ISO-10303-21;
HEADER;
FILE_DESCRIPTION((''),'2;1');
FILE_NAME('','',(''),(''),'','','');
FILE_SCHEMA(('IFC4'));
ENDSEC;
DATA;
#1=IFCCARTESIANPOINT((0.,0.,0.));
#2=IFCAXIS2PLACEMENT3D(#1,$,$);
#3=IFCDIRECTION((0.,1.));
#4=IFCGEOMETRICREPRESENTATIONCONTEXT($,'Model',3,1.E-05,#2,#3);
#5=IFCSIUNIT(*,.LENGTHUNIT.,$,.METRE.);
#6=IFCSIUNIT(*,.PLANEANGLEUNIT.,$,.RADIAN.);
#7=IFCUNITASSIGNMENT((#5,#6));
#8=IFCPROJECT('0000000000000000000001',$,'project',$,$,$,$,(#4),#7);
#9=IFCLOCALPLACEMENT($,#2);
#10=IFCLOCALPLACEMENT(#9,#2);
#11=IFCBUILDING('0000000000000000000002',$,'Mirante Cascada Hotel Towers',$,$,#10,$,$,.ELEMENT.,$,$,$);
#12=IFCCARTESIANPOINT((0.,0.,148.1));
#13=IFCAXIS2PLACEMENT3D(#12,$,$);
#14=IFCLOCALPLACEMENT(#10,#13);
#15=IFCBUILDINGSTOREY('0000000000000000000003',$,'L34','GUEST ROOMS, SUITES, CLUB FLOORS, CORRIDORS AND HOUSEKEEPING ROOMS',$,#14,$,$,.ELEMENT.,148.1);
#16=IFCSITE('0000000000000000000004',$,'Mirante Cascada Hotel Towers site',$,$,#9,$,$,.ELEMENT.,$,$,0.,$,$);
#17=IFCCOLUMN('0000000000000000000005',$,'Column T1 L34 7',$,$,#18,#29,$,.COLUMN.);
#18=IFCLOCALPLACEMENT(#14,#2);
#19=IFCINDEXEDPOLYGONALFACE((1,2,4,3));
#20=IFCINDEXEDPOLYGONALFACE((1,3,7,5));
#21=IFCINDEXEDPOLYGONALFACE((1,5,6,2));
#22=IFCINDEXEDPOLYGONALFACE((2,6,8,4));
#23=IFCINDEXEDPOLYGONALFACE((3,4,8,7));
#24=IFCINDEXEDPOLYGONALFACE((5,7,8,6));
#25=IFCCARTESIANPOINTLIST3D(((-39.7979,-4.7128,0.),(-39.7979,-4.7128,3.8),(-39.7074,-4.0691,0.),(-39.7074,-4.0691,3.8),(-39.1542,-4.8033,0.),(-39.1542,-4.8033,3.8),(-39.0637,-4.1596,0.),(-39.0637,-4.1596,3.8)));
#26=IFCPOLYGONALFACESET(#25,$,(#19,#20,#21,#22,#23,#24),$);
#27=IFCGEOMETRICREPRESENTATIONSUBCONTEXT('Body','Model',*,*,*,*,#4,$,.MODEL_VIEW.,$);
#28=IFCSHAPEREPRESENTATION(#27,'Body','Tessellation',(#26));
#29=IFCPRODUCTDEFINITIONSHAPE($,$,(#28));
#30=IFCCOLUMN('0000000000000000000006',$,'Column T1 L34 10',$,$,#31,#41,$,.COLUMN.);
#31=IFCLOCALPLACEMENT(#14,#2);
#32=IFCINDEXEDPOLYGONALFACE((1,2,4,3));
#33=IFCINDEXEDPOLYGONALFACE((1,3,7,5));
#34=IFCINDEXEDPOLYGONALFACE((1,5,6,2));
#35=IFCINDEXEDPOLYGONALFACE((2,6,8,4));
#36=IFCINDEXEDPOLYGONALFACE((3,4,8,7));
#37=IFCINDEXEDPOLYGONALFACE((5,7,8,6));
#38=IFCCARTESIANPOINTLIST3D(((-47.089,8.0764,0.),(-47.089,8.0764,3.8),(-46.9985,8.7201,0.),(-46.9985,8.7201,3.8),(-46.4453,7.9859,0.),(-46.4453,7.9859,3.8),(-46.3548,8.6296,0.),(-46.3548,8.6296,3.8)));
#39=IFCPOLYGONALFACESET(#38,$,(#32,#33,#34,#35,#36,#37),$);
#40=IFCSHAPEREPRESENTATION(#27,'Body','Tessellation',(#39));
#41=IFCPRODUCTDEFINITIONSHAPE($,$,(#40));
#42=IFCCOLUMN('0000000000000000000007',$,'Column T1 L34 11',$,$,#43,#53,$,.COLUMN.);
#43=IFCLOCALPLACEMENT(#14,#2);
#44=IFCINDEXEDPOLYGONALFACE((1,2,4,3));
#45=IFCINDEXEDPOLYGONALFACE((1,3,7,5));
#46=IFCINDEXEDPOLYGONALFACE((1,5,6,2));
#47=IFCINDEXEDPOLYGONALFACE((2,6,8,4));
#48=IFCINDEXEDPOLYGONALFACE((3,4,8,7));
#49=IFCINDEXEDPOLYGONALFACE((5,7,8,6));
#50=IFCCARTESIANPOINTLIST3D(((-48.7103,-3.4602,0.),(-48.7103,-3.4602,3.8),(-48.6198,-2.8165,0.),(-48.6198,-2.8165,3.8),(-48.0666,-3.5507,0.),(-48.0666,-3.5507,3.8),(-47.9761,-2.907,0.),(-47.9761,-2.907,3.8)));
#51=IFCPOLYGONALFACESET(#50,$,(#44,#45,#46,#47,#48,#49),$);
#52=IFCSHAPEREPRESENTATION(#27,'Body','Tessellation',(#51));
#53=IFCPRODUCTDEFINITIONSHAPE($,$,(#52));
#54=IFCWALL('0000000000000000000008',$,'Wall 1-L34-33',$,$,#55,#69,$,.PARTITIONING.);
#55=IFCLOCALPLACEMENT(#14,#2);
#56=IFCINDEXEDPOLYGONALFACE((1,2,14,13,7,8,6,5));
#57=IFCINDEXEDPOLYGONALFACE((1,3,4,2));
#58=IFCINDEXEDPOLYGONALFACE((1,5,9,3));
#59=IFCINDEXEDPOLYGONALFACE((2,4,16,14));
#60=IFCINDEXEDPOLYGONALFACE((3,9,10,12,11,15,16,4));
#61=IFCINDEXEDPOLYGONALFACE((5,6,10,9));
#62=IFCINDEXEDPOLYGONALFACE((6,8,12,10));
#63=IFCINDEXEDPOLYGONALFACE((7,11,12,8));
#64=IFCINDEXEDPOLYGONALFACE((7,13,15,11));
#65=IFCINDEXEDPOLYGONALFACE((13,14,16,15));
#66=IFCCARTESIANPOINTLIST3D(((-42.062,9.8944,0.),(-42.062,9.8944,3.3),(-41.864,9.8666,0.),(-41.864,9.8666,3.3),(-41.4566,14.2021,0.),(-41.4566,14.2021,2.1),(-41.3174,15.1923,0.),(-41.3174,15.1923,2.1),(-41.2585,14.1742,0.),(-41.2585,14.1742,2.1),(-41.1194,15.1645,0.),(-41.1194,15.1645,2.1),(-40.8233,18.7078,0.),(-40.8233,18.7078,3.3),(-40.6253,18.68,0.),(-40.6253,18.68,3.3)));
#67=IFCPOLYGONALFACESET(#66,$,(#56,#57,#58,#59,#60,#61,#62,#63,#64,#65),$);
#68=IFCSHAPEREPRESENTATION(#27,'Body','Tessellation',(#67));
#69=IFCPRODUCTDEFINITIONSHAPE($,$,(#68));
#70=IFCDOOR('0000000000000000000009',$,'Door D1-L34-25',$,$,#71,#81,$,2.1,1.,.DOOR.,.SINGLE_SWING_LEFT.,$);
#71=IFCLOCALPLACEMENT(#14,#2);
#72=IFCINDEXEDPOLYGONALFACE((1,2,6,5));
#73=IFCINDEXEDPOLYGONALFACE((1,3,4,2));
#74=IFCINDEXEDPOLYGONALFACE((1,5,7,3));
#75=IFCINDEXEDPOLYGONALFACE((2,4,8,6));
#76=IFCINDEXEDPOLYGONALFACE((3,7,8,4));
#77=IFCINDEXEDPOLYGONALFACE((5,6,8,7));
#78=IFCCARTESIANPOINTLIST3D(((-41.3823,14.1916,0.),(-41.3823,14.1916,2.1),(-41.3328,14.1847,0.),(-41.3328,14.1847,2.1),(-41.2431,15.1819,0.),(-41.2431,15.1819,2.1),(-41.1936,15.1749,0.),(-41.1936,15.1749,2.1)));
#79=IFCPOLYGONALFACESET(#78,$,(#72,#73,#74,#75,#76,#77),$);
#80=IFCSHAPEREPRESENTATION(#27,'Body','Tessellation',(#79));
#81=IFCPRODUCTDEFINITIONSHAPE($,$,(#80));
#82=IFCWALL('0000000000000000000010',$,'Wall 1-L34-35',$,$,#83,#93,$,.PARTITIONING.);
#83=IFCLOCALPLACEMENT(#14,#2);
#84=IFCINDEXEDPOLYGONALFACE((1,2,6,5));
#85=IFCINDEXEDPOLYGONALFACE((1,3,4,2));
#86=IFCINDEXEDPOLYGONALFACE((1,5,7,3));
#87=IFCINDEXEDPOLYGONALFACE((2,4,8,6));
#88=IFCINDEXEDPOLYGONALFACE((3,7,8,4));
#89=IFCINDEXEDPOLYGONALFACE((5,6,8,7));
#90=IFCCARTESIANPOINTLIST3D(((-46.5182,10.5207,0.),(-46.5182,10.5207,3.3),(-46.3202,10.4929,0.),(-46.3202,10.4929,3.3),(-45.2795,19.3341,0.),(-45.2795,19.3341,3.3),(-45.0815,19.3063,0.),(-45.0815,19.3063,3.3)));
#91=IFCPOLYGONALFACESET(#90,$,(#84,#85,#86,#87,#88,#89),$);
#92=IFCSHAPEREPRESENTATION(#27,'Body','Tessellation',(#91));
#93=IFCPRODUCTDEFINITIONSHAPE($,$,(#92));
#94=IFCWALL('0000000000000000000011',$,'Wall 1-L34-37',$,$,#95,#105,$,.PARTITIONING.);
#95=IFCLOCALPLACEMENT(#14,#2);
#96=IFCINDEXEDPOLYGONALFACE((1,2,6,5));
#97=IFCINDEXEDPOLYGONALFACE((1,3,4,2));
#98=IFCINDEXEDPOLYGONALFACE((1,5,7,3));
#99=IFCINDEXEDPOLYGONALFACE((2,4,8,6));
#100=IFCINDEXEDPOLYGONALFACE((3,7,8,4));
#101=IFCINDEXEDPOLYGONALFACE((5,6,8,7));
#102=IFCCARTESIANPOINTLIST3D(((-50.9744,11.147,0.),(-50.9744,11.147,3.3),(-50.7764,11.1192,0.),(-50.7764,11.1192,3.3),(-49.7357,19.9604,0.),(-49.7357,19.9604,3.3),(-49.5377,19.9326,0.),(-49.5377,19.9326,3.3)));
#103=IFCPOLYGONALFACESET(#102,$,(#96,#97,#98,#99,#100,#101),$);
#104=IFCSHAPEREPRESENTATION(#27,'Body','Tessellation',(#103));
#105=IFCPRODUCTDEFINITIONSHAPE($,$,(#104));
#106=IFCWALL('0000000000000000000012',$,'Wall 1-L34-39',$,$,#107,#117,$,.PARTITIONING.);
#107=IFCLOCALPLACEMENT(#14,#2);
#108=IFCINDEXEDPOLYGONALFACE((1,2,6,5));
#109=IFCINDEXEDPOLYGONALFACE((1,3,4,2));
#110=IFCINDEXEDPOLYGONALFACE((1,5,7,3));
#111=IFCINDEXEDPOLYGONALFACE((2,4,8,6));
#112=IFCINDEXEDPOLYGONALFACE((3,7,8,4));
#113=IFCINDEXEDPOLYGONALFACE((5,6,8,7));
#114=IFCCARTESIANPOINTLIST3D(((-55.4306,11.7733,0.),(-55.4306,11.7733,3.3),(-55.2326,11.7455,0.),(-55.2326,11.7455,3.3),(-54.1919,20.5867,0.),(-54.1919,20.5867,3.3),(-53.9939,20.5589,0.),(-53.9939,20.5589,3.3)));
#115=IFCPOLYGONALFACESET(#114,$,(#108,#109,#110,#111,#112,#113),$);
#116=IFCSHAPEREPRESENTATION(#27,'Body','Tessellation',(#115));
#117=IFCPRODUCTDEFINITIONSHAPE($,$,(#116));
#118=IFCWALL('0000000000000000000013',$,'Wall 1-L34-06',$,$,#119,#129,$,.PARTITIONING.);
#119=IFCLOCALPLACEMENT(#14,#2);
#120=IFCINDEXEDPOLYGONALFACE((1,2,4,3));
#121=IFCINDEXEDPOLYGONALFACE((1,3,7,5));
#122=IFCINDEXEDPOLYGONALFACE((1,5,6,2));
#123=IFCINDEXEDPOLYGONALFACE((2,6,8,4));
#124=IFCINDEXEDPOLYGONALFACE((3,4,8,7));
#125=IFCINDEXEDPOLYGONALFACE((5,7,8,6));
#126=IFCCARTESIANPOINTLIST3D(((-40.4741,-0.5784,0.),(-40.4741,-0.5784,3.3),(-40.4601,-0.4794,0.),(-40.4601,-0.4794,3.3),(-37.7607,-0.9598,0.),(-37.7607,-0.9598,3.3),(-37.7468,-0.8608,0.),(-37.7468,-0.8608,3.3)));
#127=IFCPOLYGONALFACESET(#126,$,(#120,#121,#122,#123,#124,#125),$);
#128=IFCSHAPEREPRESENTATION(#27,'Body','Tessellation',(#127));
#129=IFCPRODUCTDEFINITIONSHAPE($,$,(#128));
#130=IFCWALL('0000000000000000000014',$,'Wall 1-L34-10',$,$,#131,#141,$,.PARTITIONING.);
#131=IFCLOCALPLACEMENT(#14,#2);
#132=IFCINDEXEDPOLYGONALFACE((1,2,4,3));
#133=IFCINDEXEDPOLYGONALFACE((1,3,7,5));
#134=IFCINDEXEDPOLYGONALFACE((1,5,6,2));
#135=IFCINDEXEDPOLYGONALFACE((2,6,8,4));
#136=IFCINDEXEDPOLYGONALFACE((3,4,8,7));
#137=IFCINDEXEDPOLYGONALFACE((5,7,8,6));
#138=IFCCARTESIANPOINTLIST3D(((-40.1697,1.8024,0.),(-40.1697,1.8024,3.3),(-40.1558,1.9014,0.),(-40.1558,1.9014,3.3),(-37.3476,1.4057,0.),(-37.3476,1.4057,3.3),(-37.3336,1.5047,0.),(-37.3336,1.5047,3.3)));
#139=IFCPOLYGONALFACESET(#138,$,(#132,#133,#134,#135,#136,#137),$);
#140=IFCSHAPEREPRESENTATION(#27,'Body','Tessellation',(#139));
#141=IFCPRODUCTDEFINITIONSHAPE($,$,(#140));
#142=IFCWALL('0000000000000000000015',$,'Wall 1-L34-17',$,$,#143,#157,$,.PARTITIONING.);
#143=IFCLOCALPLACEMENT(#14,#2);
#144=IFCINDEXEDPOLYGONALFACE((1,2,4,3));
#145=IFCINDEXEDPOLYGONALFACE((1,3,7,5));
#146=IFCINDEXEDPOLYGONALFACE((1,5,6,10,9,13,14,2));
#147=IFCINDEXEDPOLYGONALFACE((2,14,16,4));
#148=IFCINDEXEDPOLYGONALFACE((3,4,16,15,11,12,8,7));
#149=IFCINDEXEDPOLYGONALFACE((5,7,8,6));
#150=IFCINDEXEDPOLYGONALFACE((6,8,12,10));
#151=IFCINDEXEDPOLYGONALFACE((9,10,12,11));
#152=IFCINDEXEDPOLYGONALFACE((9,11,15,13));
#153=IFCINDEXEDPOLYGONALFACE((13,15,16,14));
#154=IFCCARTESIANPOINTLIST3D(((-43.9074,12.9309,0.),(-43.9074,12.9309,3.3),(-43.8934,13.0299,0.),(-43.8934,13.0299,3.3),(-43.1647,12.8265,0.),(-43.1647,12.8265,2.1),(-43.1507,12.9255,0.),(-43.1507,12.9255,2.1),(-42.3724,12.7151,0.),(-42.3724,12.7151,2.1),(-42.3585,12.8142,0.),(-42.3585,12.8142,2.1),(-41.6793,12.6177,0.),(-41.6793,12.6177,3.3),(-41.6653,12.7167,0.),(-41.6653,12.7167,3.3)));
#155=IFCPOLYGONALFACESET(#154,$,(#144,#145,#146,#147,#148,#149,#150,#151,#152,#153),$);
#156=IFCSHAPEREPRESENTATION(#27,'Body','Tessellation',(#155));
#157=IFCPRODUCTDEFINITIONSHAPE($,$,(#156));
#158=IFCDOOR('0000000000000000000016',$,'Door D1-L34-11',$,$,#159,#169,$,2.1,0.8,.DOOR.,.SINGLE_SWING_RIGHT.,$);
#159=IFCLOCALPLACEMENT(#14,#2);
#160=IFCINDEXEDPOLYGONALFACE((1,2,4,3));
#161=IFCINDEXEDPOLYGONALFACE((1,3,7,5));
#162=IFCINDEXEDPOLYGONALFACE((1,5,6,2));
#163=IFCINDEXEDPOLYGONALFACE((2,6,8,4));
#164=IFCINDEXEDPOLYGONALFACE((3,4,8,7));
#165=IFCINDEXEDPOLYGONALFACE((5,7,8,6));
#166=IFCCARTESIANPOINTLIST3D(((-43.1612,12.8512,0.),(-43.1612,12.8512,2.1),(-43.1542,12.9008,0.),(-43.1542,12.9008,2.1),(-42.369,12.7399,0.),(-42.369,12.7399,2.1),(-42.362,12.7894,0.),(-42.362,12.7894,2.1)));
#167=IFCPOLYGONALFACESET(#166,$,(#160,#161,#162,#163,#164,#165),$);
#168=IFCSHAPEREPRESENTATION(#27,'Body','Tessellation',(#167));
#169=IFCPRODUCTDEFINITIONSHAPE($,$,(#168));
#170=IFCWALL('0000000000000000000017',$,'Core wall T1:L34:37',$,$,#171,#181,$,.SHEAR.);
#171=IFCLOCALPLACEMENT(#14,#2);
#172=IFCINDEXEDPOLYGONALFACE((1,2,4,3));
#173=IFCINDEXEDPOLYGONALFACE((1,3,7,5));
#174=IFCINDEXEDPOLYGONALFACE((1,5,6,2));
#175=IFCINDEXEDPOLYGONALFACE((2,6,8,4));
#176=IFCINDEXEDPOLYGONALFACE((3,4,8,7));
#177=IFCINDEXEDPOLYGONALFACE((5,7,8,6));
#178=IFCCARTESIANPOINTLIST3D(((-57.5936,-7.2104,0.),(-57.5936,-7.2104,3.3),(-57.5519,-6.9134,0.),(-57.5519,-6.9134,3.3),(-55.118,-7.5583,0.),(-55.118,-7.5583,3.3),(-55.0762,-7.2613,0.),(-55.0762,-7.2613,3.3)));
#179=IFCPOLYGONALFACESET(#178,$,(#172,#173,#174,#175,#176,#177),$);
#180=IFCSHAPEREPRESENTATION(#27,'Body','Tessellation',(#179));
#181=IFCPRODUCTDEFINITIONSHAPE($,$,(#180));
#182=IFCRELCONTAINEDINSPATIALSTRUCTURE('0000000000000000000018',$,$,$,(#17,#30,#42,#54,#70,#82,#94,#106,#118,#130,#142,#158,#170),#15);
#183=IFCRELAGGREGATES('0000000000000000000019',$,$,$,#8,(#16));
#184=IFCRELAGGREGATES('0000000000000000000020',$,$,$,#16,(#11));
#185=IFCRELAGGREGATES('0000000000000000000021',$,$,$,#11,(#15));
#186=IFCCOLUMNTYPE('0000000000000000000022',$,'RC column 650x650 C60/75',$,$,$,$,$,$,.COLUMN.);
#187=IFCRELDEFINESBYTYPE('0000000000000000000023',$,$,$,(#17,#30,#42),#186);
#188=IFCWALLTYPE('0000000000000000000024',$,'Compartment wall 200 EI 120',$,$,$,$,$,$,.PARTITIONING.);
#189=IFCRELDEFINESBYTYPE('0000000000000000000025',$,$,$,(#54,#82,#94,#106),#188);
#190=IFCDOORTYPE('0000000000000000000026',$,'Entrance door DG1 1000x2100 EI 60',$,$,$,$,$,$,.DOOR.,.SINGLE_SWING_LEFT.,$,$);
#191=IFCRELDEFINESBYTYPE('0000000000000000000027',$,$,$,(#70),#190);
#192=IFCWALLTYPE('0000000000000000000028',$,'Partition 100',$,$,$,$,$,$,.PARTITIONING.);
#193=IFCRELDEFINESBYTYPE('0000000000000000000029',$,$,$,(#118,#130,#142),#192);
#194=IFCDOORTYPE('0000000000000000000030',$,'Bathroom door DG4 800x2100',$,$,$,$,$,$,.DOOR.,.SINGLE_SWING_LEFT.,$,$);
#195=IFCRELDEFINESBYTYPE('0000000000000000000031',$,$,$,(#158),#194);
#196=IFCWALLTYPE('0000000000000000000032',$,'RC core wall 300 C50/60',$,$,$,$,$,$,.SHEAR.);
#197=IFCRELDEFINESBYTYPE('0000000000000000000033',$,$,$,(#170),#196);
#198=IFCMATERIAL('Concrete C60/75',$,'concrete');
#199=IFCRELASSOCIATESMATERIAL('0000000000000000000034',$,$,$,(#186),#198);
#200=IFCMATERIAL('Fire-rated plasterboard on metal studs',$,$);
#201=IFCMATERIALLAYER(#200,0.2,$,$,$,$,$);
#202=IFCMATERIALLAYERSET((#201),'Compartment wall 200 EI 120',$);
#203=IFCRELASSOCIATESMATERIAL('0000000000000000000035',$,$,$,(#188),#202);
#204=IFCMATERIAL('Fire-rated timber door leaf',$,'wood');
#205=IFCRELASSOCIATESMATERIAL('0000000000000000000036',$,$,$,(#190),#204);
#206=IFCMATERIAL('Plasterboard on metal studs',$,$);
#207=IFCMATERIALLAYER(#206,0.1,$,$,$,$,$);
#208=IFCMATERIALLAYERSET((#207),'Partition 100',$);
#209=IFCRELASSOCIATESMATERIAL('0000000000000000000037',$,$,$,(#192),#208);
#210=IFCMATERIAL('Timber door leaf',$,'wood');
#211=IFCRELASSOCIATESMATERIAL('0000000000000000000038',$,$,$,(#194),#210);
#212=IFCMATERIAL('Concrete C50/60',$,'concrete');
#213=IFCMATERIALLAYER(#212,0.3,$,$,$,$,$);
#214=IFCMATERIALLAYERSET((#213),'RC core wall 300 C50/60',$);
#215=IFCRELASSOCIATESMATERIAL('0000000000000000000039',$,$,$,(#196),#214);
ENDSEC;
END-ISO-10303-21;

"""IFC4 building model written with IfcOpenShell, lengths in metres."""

from ifc_helpers import new_model, si_unit, direction, frame, frame_2d, origin, origin_2d, place, context, subcontext, project, spatial, rectangle, extrude, material, layer, layer_set, material_profile, profile_set, type_object, element, fill, save


model = new_model("IFC4")

# Units and contexts
model_context = context("Model", 3, precision=1e-05, world=origin(), true_north=direction((0.0, 1.0)))
body_context = subcontext(model_context, "Body", "Model", "MODEL_VIEW")
ifc_project = project(units=[si_unit("LENGTHUNIT", "METRE"), si_unit("PLANEANGLEUNIT", "RADIAN")], contexts=[model_context])

# Site, building, storey
site_placement = place(None, origin())
site = spatial("IfcSite", under=ifc_project, at=site_placement, Name="Mirante Cascada Hotel Towers site", CompositionType="ELEMENT", RefElevation=0.0)
building_placement = place(site_placement, origin())
building = spatial("IfcBuilding", under=site, at=building_placement, Name="Mirante Cascada Hotel Towers", CompositionType="ELEMENT")
storey_placement = place(building_placement, frame((0.0, 0.0, 148.1)))
storey = spatial("IfcBuildingStorey", under=building, at=storey_placement, Name="L34", Description="GUEST ROOMS, SUITES, CLUB FLOORS, CORRIDORS AND HOUSEKEEPING ROOMS", CompositionType="ELEMENT", Elevation=148.1)

# Columns
ifc_material_1 = material(Name="Concrete C60/75", Category="concrete")
ifc_material_profile = material_profile(ifc_material_1, rectangle(XDim=0.65, YDim=0.65, at=origin_2d()), Name="RC column 650x650 C60/75")
ifc_profile_set = profile_set([ifc_material_profile], Name="Concrete C60/75")
column_type = type_object("IfcColumnType", Name="RC column 650x650 C60/75", PredefinedType="COLUMN", material=ifc_profile_set)
for number, where, z_axis, x_axis, name in (
    (1, (-39.4308, -4.4362, 0.0), (0.0, 0.0, 1.0), (-0.990268, 0.139173, 0.0), "Column T1 L34 7"),
    (2, (-46.7219, 8.353, 0.0), (0.0, 0.0, 1.0), (-0.990268, 0.139173, 0.0), "Column T1 L34 10"),
    (3, (-48.3432, -3.1836, 0.0), (0.0, 0.0, 1.0), (-0.990268, 0.139173, 0.0), "Column T1 L34 11"),
):
    element("IfcColumn", number, at=place(storey_placement, frame(where, z_axis=z_axis, x_axis=x_axis)), inside=storey, type_object=column_type, Name=name, PredefinedType="COLUMN", context=body_context, shape_type="SweptSolid", body=[
        extrude(rectangle(XDim=0.65, YDim=0.65, at=origin_2d()), origin(), (0.0, 0.0, 1.0), 3.8),
    ])

# Wall, opening, door
ifc_material_2 = material(Name="Fire-rated plasterboard on metal studs")
ifc_layer_1 = layer(ifc_material_2, 0.2)
ifc_layer_set_1 = layer_set([ifc_layer_1], Name="Compartment wall 200 EI 120")
wall_type_1 = type_object("IfcWallType", Name="Compartment wall 200 EI 120", PredefinedType="PARTITIONING", material=ifc_layer_set_1)
wall_1_placement = place(storey_placement, frame((-41.963, 9.8805, 0.0), z_axis=(0.0, 0.0, 1.0), x_axis=(0.139179, 0.990267, 0.0)))
wall_1 = element("IfcWall", 4, at=wall_1_placement, inside=storey, type_object=wall_type_1, Name="Wall 1-L34-33", PredefinedType="PARTITIONING", context=body_context, shape_type="SweptSolid", body=[
    extrude(rectangle(XDim=8.9, YDim=0.2, at=frame_2d((4.45, 0.0))), origin(), (0.0, 0.0, 1.0), 3.3),
])
opening_1_placement = place(wall_1_placement, frame((4.35, 0.0, 0.0)))
opening_1 = element("IfcOpeningElement", 5, at=opening_1_placement, cuts=wall_1, PredefinedType="OPENING", context=body_context, shape_type="SweptSolid", body=[
    extrude(rectangle(XDim=1.0, YDim=2.1, at=frame_2d((0.5, 1.05))), frame((0.0, 0.1, 0.0), z_axis=(0.0, -1.0, 0.0), x_axis=(1.0, 0.0, 0.0)), (0.0, 0.0, 1.0), 0.2),
])
ifc_material_3 = material(Name="Fire-rated timber door leaf", Category="wood")
door_type_1 = type_object("IfcDoorType", Name="Entrance door DG1 1000x2100 EI 60", OperationType="SINGLE_SWING_LEFT", PredefinedType="DOOR", material=ifc_material_3)
door_1_placement = place(opening_1_placement, origin())
door_1 = element("IfcDoor", 6, at=door_1_placement, inside=storey, type_object=door_type_1, Name="Door D1-L34-25", OperationType="SINGLE_SWING_LEFT", OverallHeight=2.1, OverallWidth=1.0, PredefinedType="DOOR", context=body_context, shape_type="SweptSolid", body=[
    extrude(rectangle(XDim=1.0, YDim=2.1, at=frame_2d((0.5, 1.05))), frame((0.0, 0.025, 0.0), z_axis=(0.0, -1.0, 0.0), x_axis=(1.0, 0.0, 0.0)), (0.0, 0.0, 1.0), 0.05),
])
fill(opening_1, door_1)

# Walls
for number, where, z_axis, x_axis, name in (
    (7, (-46.4192, 10.5068, 0.0), (0.0, 0.0, 1.0), (0.139179, 0.990267, 0.0), "Wall 1-L34-35"),
    (8, (-50.8754, 11.1331, 0.0), (0.0, 0.0, 1.0), (0.139179, 0.990267, 0.0), "Wall 1-L34-37"),
    (9, (-55.3316, 11.7594, 0.0), (0.0, 0.0, 1.0), (0.139179, 0.990267, 0.0), "Wall 1-L34-39"),
):
    element("IfcWall", number, at=place(storey_placement, frame(where, z_axis=z_axis, x_axis=x_axis)), inside=storey, type_object=wall_type_1, Name=name, PredefinedType="PARTITIONING", context=body_context, shape_type="SweptSolid", body=[
        extrude(rectangle(XDim=8.9, YDim=0.2, at=frame_2d((4.45, 0.0))), origin(), (0.0, 0.0, 1.0), 3.3),
    ])
ifc_material_4 = material(Name="Plasterboard on metal studs")
ifc_layer_2 = layer(ifc_material_4, 0.1)
ifc_layer_set_2 = layer_set([ifc_layer_2], Name="Partition 100")
wall_type_2 = type_object("IfcWallType", Name="Partition 100", PredefinedType="PARTITIONING", material=ifc_layer_set_2)
wall_2_placement = place(storey_placement, frame((-40.4671, -0.5289, 0.0), z_axis=(0.0, 0.0, 1.0), x_axis=(0.990264, -0.139198, 0.0)))
element("IfcWall", 10, at=wall_2_placement, inside=storey, type_object=wall_type_2, Name="Wall 1-L34-06", PredefinedType="PARTITIONING", context=body_context, shape_type="SweptSolid", body=[
    extrude(rectangle(XDim=2.74, YDim=0.1, at=frame_2d((1.37, 0.0))), origin(), (0.0, 0.0, 1.0), 3.3),
])
wall_3_placement = place(storey_placement, frame((-40.1628, 1.8519, 0.0), z_axis=(0.0, 0.0, 1.0), x_axis=(0.990265, -0.139196, 0.0)))
element("IfcWall", 11, at=wall_3_placement, inside=storey, type_object=wall_type_2, Name="Wall 1-L34-10", PredefinedType="PARTITIONING", context=body_context, shape_type="SweptSolid", body=[
    extrude(rectangle(XDim=2.8499, YDim=0.1, at=frame_2d((1.425, 0.0))), origin(), (0.0, 0.0, 1.0), 3.3),
])

# Wall, opening, door
wall_4_placement = place(storey_placement, frame((-41.6723, 12.6672, 0.0), z_axis=(0.0, 0.0, 1.0), x_axis=(-0.990264, 0.1392, 0.0)))
wall_4 = element("IfcWall", 12, at=wall_4_placement, inside=storey, type_object=wall_type_2, Name="Wall 1-L34-17", PredefinedType="PARTITIONING", context=body_context, shape_type="SweptSolid", body=[
    extrude(rectangle(XDim=2.25, YDim=0.1, at=frame_2d((1.125, 0.0))), origin(), (0.0, 0.0, 1.0), 3.3),
])
opening_2_placement = place(wall_4_placement, frame((0.7, 0.0, 0.0)))
opening_2 = element("IfcOpeningElement", 13, at=opening_2_placement, cuts=wall_4, PredefinedType="OPENING", context=body_context, shape_type="SweptSolid", body=[
    extrude(rectangle(XDim=0.8, YDim=2.1, at=frame_2d((0.4, 1.05))), frame((0.0, 0.05, 0.0), z_axis=(0.0, -1.0, 0.0), x_axis=(1.0, 0.0, 0.0)), (0.0, 0.0, 1.0), 0.1),
])
ifc_material_5 = material(Name="Timber door leaf", Category="wood")
door_type_2 = type_object("IfcDoorType", Name="Bathroom door DG4 800x2100", OperationType="SINGLE_SWING_LEFT", PredefinedType="DOOR", material=ifc_material_5)
door_2_placement = place(opening_2_placement, frame((0.8, 0.0, 0.0), z_axis=(0.0, 0.0, 1.0), x_axis=(-1.0, 0.0, 0.0)))
door_2 = element("IfcDoor", 14, at=door_2_placement, inside=storey, type_object=door_type_2, Name="Door D1-L34-11", OperationType="SINGLE_SWING_RIGHT", OverallHeight=2.1, OverallWidth=0.8, PredefinedType="DOOR", context=body_context, shape_type="SweptSolid", body=[
    extrude(rectangle(XDim=0.8, YDim=2.1, at=frame_2d((0.4, 1.05))), frame((0.0, 0.025, 0.0), z_axis=(0.0, -1.0, 0.0), x_axis=(1.0, 0.0, 0.0)), (0.0, 0.0, 1.0), 0.05),
])
fill(opening_2, door_2)

# Wall
ifc_material_6 = material(Name="Concrete C50/60", Category="concrete")
ifc_layer_3 = layer(ifc_material_6, 0.3)
ifc_layer_set_3 = layer_set([ifc_layer_3], Name="RC core wall 300 C50/60")
wall_type_3 = type_object("IfcWallType", Name="RC core wall 300 C50/60", PredefinedType="SHEAR", material=ifc_layer_set_3)
wall_5_placement = place(storey_placement, frame((-55.0971, -7.4098, 0.0), z_axis=(0.0, 0.0, 1.0), x_axis=(-0.99027, 0.139159, 0.0)))
element("IfcWall", 15, at=wall_5_placement, inside=storey, type_object=wall_type_3, Name="Core wall T1:L34:37", PredefinedType="SHEAR", context=body_context, shape_type="SweptSolid", body=[
    extrude(rectangle(XDim=2.5, YDim=0.3, at=frame_2d((1.25, 0.0))), origin(), (0.0, 0.0, 1.0), 3.3),
])

save(model, "model.ifc")
